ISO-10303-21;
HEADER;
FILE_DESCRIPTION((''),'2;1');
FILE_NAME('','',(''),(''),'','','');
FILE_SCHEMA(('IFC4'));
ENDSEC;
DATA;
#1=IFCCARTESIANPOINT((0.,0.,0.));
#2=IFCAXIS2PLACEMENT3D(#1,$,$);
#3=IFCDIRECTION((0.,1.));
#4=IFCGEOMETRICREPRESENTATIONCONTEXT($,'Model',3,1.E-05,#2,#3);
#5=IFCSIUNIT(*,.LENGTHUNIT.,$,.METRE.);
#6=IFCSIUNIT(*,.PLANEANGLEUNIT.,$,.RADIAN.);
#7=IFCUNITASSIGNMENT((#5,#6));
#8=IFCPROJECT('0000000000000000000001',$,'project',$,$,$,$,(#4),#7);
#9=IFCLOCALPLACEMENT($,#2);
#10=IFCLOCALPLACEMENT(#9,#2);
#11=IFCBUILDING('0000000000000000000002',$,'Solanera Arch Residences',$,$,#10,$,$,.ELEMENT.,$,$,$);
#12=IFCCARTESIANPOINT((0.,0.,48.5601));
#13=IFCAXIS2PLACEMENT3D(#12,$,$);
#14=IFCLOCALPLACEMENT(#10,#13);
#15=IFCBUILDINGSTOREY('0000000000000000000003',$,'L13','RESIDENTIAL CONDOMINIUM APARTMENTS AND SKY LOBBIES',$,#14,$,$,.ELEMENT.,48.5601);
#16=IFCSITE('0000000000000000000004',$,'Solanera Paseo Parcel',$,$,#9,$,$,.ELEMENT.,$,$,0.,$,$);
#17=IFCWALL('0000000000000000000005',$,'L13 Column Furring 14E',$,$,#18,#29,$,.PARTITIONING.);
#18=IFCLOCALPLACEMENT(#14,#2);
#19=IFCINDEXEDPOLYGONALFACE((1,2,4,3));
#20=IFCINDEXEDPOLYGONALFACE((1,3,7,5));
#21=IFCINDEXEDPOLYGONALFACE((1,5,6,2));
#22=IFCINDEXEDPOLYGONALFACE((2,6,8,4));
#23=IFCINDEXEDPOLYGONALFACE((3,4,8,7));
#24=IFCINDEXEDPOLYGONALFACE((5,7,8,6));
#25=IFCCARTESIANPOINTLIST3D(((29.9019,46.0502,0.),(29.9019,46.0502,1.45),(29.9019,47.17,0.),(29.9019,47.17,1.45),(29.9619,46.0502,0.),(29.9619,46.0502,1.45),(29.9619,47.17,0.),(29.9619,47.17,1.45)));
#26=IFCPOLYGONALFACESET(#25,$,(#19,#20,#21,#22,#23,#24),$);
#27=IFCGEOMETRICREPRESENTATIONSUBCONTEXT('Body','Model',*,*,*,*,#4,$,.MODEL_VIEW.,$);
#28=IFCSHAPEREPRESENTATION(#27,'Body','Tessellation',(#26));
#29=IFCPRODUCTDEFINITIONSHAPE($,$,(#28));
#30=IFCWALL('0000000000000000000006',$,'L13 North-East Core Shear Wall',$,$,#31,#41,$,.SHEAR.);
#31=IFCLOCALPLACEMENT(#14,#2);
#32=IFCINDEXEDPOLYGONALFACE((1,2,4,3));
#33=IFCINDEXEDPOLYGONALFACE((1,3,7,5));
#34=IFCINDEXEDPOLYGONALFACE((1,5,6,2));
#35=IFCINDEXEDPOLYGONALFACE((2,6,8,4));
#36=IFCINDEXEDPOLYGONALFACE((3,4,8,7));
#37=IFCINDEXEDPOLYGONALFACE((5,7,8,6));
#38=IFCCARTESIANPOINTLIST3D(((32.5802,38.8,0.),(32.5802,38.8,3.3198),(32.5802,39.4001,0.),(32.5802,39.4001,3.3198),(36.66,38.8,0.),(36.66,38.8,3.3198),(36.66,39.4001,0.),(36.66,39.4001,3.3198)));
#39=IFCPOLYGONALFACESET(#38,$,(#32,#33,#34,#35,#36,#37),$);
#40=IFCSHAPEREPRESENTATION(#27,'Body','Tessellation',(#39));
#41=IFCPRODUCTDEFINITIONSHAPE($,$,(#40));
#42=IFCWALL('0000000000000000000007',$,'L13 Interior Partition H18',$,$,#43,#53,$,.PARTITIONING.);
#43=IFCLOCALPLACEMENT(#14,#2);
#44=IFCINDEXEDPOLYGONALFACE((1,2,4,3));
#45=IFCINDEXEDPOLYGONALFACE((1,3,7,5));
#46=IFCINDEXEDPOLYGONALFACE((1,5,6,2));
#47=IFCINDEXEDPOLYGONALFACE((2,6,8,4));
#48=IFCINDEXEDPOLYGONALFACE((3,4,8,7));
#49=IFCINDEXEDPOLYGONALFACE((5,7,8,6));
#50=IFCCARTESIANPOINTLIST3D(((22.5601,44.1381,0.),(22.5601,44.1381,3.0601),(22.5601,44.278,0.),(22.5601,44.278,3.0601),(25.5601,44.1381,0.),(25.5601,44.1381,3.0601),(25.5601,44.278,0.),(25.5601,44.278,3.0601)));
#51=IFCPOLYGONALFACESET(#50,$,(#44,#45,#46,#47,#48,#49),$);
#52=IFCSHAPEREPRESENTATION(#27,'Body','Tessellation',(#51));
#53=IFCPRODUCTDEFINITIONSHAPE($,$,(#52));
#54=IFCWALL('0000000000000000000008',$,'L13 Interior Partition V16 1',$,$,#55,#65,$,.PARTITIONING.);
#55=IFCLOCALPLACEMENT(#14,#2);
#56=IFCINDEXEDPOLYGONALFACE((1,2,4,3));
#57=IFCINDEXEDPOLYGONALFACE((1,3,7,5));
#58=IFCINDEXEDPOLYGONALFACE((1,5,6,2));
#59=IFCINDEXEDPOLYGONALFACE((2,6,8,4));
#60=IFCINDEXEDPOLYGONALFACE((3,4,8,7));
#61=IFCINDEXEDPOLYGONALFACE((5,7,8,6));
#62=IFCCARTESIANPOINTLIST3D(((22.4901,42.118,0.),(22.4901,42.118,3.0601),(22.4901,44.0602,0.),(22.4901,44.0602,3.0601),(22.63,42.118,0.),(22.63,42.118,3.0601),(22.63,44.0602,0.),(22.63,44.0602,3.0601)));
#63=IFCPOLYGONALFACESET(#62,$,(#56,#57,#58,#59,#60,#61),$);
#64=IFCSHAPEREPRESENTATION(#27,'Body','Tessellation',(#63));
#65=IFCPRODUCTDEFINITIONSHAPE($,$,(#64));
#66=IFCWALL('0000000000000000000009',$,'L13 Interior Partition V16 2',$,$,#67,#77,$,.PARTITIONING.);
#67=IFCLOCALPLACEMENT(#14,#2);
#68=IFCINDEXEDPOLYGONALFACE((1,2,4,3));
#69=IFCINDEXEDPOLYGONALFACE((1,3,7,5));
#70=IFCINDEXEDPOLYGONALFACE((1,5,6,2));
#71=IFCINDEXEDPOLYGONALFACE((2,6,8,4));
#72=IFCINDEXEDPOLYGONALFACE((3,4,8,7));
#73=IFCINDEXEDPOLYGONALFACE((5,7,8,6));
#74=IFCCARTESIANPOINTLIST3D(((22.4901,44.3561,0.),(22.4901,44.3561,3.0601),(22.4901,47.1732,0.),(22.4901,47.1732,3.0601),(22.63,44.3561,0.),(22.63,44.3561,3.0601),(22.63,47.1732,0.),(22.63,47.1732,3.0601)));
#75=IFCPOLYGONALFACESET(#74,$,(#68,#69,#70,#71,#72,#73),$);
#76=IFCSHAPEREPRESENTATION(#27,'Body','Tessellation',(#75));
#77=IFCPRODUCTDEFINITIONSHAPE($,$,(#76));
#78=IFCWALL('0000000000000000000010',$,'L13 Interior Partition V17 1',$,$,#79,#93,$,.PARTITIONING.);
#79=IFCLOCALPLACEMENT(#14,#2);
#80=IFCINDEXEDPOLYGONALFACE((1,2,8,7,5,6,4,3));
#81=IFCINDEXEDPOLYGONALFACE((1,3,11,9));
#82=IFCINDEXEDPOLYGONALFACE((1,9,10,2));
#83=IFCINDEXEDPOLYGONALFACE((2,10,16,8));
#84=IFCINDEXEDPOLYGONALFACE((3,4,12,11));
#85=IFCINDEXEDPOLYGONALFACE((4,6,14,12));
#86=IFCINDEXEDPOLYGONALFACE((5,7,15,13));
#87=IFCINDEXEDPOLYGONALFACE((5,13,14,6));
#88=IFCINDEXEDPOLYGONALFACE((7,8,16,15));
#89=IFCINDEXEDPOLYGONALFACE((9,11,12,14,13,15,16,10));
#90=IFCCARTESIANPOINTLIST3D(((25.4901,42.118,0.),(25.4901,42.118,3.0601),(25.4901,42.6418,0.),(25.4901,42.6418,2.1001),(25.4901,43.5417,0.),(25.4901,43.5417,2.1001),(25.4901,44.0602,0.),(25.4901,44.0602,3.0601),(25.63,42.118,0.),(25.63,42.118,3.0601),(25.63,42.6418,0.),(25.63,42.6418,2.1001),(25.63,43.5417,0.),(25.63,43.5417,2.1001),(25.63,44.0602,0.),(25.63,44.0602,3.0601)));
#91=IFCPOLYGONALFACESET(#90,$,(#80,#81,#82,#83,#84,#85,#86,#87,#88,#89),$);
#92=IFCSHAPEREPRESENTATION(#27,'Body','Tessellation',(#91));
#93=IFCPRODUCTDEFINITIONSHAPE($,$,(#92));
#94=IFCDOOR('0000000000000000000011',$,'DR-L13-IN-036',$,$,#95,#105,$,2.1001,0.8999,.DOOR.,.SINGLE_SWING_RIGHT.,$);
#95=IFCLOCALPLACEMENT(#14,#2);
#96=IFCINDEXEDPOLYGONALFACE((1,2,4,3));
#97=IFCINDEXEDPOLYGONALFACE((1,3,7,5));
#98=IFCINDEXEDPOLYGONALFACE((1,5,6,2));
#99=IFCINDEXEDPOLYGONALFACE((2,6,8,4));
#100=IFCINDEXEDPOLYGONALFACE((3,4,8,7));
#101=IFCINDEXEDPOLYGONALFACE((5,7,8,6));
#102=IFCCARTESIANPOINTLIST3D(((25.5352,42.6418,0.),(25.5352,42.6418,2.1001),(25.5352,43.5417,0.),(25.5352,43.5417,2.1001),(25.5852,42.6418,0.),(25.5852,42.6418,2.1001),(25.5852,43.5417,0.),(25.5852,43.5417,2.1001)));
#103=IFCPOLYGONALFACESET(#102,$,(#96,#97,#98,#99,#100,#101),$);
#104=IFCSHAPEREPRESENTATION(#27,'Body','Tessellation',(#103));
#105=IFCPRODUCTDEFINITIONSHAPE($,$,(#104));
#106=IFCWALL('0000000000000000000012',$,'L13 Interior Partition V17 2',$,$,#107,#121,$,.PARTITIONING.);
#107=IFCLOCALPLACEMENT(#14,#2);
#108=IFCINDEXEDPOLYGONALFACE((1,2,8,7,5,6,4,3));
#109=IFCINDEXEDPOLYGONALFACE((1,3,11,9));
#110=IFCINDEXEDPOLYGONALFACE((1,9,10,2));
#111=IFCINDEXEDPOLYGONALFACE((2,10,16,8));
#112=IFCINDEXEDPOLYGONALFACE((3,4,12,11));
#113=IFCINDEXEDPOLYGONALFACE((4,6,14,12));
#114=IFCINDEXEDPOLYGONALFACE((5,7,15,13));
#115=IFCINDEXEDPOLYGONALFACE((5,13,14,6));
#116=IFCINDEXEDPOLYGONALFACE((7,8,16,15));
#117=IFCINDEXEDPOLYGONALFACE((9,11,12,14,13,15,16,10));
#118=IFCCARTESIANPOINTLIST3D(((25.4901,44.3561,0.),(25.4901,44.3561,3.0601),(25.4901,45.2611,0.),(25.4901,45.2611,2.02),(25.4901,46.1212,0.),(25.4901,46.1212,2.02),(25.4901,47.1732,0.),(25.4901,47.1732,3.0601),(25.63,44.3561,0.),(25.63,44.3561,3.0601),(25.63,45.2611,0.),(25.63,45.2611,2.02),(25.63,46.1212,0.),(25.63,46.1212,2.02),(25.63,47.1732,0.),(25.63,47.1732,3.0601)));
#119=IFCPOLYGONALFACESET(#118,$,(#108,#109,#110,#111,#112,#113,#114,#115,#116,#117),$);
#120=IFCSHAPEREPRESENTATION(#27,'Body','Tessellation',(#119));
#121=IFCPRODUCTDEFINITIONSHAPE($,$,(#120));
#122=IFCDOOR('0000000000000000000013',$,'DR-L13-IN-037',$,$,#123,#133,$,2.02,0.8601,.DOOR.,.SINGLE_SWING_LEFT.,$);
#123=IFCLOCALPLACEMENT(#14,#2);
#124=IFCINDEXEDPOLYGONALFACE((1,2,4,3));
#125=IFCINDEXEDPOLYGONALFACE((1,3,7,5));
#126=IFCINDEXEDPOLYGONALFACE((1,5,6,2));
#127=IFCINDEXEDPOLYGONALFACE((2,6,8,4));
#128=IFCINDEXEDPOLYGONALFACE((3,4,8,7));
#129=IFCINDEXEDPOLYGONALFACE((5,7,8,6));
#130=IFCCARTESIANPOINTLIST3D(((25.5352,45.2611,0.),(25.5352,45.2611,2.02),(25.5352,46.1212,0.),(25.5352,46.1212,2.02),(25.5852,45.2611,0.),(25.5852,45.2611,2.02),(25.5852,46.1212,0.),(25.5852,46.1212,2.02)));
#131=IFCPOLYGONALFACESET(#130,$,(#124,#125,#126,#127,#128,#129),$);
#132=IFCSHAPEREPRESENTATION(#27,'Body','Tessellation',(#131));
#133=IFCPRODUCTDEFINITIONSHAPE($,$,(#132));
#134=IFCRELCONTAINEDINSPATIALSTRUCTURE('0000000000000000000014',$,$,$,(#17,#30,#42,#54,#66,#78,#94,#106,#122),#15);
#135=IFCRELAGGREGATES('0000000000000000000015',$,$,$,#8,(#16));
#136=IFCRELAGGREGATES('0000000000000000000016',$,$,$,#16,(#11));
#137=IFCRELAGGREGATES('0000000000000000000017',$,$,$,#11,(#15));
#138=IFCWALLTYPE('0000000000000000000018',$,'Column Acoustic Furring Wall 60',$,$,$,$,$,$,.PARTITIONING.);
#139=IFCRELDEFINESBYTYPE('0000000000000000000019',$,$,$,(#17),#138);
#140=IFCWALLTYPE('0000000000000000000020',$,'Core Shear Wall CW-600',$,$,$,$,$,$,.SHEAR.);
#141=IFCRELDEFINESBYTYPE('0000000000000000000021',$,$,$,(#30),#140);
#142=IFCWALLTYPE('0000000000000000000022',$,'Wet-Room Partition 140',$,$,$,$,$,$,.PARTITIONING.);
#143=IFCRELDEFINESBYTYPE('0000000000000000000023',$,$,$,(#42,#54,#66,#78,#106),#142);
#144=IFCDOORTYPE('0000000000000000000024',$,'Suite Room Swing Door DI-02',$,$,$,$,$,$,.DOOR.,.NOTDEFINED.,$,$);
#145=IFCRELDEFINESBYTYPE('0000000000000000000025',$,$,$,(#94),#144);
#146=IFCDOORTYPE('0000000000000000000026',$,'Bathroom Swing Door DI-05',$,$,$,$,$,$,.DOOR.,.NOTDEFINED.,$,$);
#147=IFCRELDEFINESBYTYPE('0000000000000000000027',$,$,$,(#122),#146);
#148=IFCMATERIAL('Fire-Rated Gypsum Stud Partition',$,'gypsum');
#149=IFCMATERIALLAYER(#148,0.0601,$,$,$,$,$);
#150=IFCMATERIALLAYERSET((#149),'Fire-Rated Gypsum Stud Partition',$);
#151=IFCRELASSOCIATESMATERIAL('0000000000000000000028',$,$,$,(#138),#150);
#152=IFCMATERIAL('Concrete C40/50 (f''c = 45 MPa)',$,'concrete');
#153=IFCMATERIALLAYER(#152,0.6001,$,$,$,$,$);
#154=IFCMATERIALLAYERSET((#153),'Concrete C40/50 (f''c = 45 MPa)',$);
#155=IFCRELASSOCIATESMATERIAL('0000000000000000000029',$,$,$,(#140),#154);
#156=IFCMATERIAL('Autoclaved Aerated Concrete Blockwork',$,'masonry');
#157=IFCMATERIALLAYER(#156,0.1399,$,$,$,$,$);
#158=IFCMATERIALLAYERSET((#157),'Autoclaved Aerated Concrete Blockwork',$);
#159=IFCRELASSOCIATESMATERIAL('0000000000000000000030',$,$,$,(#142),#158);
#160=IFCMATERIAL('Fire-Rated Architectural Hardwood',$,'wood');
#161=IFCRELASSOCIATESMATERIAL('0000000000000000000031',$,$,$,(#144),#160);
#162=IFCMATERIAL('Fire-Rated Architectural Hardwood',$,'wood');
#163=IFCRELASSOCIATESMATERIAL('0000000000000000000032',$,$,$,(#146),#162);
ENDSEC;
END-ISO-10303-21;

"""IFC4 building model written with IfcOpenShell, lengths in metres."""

from ifc_helpers import new_model, si_unit, direction, frame, frame_2d, origin, place, context, subcontext, project, spatial, rectangle, extrude, material, layer, layer_set, type_object, element, fill, save


model = new_model("IFC4")

# Units and contexts
model_context = context("Model", 3, precision=1e-05, world=origin(), true_north=direction((0.0, 1.0)))
body_context = subcontext(model_context, "Body", "Model", "MODEL_VIEW")
ifc_project = project(units=[si_unit("LENGTHUNIT", "METRE"), si_unit("PLANEANGLEUNIT", "RADIAN")], contexts=[model_context])

# Site, building, storey
site_placement = place(None, origin())
site = spatial("IfcSite", under=ifc_project, at=site_placement, Name="Solanera Paseo Parcel", CompositionType="ELEMENT", RefElevation=0.0)
building_placement = place(site_placement, origin())
building = spatial("IfcBuilding", under=site, at=building_placement, Name="Solanera Arch Residences", CompositionType="ELEMENT")
storey_placement = place(building_placement, frame((0.0, 0.0, 48.5601)))
storey = spatial("IfcBuildingStorey", under=building, at=storey_placement, Name="L13", Description="RESIDENTIAL CONDOMINIUM APARTMENTS AND SKY LOBBIES", CompositionType="ELEMENT", Elevation=48.5601)

# Walls
ifc_material_1 = material(Name="Fire-Rated Gypsum Stud Partition", Category="gypsum")
ifc_layer_1 = layer(ifc_material_1, 0.0601)
ifc_layer_set_1 = layer_set([ifc_layer_1], Name="Fire-Rated Gypsum Stud Partition")
wall_type_1 = type_object("IfcWallType", Name="Column Acoustic Furring Wall 60", PredefinedType="PARTITIONING", material=ifc_layer_set_1)
for number, where, z_axis, x_axis, name in (
    (1, (29.9319, 46.05, 0.0), (0.0, 0.0, 1.0), (0.0, 1.0, 0.0), "L13 Column Furring 14E"),
):
    element("IfcWall", number, at=place(storey_placement, frame(where, z_axis=z_axis, x_axis=x_axis)), inside=storey, type_object=wall_type_1, Name=name, PredefinedType="PARTITIONING", context=body_context, shape_type="SweptSolid", body=[
        extrude(rectangle(XDim=1.1199, YDim=0.0601, at=frame_2d((0.5601, 0.0))), origin(), (0.0, 0.0, 1.0), 1.45),
    ])
ifc_material_2 = material(Name="Concrete C40/50 (f'c = 45 MPa)", Category="concrete")
ifc_layer_2 = layer(ifc_material_2, 0.6001)
ifc_layer_set_2 = layer_set([ifc_layer_2], Name="Concrete C40/50 (f'c = 45 MPa)")
wall_type_2 = type_object("IfcWallType", Name="Core Shear Wall CW-600", PredefinedType="SHEAR", material=ifc_layer_set_2)
wall_1_placement = place(storey_placement, frame((32.5801, 39.1001, 0.0), z_axis=(0.0, 0.0, 1.0), x_axis=(1.0, 0.0, 0.0)))
element("IfcWall", 2, at=wall_1_placement, inside=storey, type_object=wall_type_2, Name="L13 North-East Core Shear Wall", PredefinedType="SHEAR", context=body_context, shape_type="SweptSolid", body=[
    extrude(rectangle(XDim=4.0798, YDim=0.6001, at=frame_2d((2.04, 0.0))), origin(), (0.0, 0.0, 1.0), 3.3198),
])
ifc_material_3 = material(Name="Autoclaved Aerated Concrete Blockwork", Category="masonry")
ifc_layer_3 = layer(ifc_material_3, 0.1399)
ifc_layer_set_3 = layer_set([ifc_layer_3], Name="Autoclaved Aerated Concrete Blockwork")
wall_type_3 = type_object("IfcWallType", Name="Wet-Room Partition 140", PredefinedType="PARTITIONING", material=ifc_layer_set_3)
wall_2_placement = place(storey_placement, frame((22.5601, 44.208, 0.0), z_axis=(0.0, 0.0, 1.0), x_axis=(1.0, 0.0, 0.0)))
element("IfcWall", 3, at=wall_2_placement, inside=storey, type_object=wall_type_3, Name="L13 Interior Partition H18", PredefinedType="PARTITIONING", context=body_context, shape_type="SweptSolid", body=[
    extrude(rectangle(XDim=3.0, YDim=0.1399, at=frame_2d((1.5, 0.0))), origin(), (0.0, 0.0, 1.0), 3.0601),
])
wall_3_placement = place(storey_placement, frame((22.5601, 42.1179, 0.0), z_axis=(0.0, 0.0, 1.0), x_axis=(0.0, 1.0, 0.0)))
element("IfcWall", 4, at=wall_3_placement, inside=storey, type_object=wall_type_3, Name="L13 Interior Partition V16 1", PredefinedType="PARTITIONING", context=body_context, shape_type="SweptSolid", body=[
    extrude(rectangle(XDim=1.9421, YDim=0.1399, at=frame_2d((0.9712, 0.0))), origin(), (0.0, 0.0, 1.0), 3.0601),
])
wall_4_placement = place(storey_placement, frame((22.5601, 44.356, 0.0), z_axis=(0.0, 0.0, 1.0), x_axis=(0.0, 1.0, 0.0)))
element("IfcWall", 5, at=wall_4_placement, inside=storey, type_object=wall_type_3, Name="L13 Interior Partition V16 2", PredefinedType="PARTITIONING", context=body_context, shape_type="SweptSolid", body=[
    extrude(rectangle(XDim=2.8171, YDim=0.1399, at=frame_2d((1.4087, 0.0))), origin(), (0.0, 0.0, 1.0), 3.0601),
])

# Walls, openings, doors
wall_5_placement = place(storey_placement, frame((25.5601, 42.1179, 0.0), z_axis=(0.0, 0.0, 1.0), x_axis=(0.0, 1.0, 0.0)))
wall_5 = element("IfcWall", 6, at=wall_5_placement, inside=storey, type_object=wall_type_3, Name="L13 Interior Partition V17 1", PredefinedType="PARTITIONING", context=body_context, shape_type="SweptSolid", body=[
    extrude(rectangle(XDim=1.9421, YDim=0.1399, at=frame_2d((0.9712, 0.0))), origin(), (0.0, 0.0, 1.0), 3.0601),
])
opening_1_placement = place(wall_5_placement, frame((0.5239, 0.0, 0.0)))
opening_1 = element("IfcOpeningElement", 7, at=opening_1_placement, cuts=wall_5, PredefinedType="OPENING", context=body_context, shape_type="SweptSolid", body=[
    extrude(rectangle(XDim=0.8999, YDim=2.1001, at=frame_2d((0.45, 1.05))), frame((0.0, 0.0798, 0.0), z_axis=(0.0, -1.0, 0.0), x_axis=(1.0, 0.0, 0.0)), (0.0, 0.0, 1.0), 0.1599),
])
ifc_material_4 = material(Name="Fire-Rated Architectural Hardwood", Category="wood")
door_type_1 = type_object("IfcDoorType", Name="Suite Room Swing Door DI-02", OperationType="NOTDEFINED", PredefinedType="DOOR", material=ifc_material_4)
door_1_placement = place(opening_1_placement, origin())
door_1 = element("IfcDoor", 8, at=door_1_placement, inside=storey, type_object=door_type_1, Name="DR-L13-IN-036", OperationType="SINGLE_SWING_RIGHT", OverallHeight=2.1001, OverallWidth=0.8999, PredefinedType="DOOR", context=body_context, shape_type="SweptSolid", body=[
    extrude(rectangle(XDim=0.8999, YDim=2.1001, at=frame_2d((0.45, 1.05))), frame((0.0, 0.0249, 0.0), z_axis=(0.0, -1.0, 0.0), x_axis=(1.0, 0.0, 0.0)), (0.0, 0.0, 1.0), 0.05),
])
fill(opening_1, door_1)
wall_6_placement = place(storey_placement, frame((25.5601, 44.356, 0.0), z_axis=(0.0, 0.0, 1.0), x_axis=(0.0, 1.0, 0.0)))
wall_6 = element("IfcWall", 9, at=wall_6_placement, inside=storey, type_object=wall_type_3, Name="L13 Interior Partition V17 2", PredefinedType="PARTITIONING", context=body_context, shape_type="SweptSolid", body=[
    extrude(rectangle(XDim=2.8171, YDim=0.1399, at=frame_2d((1.4087, 0.0))), origin(), (0.0, 0.0, 1.0), 3.0601),
])
opening_2_placement = place(wall_6_placement, frame((0.905, 0.0, 0.0)))
opening_2 = element("IfcOpeningElement", 10, at=opening_2_placement, cuts=wall_6, PredefinedType="OPENING", context=body_context, shape_type="SweptSolid", body=[
    extrude(rectangle(XDim=0.8601, YDim=2.02, at=frame_2d((0.4302, 1.01))), frame((0.0, 0.0798, 0.0), z_axis=(0.0, -1.0, 0.0), x_axis=(1.0, 0.0, 0.0)), (0.0, 0.0, 1.0), 0.1599),
])
ifc_material_5 = material(Name="Fire-Rated Architectural Hardwood", Category="wood")
door_type_2 = type_object("IfcDoorType", Name="Bathroom Swing Door DI-05", OperationType="NOTDEFINED", PredefinedType="DOOR", material=ifc_material_5)
door_2_placement = place(opening_2_placement, origin())
door_2 = element("IfcDoor", 11, at=door_2_placement, inside=storey, type_object=door_type_2, Name="DR-L13-IN-037", OperationType="SINGLE_SWING_LEFT", OverallHeight=2.02, OverallWidth=0.8601, PredefinedType="DOOR", context=body_context, shape_type="SweptSolid", body=[
    extrude(rectangle(XDim=0.8601, YDim=2.02, at=frame_2d((0.4302, 1.01))), frame((0.0, 0.0249, 0.0), z_axis=(0.0, -1.0, 0.0), x_axis=(1.0, 0.0, 0.0)), (0.0, 0.0, 1.0), 0.05),
])
fill(opening_2, door_2)

save(model, "model.ifc")
